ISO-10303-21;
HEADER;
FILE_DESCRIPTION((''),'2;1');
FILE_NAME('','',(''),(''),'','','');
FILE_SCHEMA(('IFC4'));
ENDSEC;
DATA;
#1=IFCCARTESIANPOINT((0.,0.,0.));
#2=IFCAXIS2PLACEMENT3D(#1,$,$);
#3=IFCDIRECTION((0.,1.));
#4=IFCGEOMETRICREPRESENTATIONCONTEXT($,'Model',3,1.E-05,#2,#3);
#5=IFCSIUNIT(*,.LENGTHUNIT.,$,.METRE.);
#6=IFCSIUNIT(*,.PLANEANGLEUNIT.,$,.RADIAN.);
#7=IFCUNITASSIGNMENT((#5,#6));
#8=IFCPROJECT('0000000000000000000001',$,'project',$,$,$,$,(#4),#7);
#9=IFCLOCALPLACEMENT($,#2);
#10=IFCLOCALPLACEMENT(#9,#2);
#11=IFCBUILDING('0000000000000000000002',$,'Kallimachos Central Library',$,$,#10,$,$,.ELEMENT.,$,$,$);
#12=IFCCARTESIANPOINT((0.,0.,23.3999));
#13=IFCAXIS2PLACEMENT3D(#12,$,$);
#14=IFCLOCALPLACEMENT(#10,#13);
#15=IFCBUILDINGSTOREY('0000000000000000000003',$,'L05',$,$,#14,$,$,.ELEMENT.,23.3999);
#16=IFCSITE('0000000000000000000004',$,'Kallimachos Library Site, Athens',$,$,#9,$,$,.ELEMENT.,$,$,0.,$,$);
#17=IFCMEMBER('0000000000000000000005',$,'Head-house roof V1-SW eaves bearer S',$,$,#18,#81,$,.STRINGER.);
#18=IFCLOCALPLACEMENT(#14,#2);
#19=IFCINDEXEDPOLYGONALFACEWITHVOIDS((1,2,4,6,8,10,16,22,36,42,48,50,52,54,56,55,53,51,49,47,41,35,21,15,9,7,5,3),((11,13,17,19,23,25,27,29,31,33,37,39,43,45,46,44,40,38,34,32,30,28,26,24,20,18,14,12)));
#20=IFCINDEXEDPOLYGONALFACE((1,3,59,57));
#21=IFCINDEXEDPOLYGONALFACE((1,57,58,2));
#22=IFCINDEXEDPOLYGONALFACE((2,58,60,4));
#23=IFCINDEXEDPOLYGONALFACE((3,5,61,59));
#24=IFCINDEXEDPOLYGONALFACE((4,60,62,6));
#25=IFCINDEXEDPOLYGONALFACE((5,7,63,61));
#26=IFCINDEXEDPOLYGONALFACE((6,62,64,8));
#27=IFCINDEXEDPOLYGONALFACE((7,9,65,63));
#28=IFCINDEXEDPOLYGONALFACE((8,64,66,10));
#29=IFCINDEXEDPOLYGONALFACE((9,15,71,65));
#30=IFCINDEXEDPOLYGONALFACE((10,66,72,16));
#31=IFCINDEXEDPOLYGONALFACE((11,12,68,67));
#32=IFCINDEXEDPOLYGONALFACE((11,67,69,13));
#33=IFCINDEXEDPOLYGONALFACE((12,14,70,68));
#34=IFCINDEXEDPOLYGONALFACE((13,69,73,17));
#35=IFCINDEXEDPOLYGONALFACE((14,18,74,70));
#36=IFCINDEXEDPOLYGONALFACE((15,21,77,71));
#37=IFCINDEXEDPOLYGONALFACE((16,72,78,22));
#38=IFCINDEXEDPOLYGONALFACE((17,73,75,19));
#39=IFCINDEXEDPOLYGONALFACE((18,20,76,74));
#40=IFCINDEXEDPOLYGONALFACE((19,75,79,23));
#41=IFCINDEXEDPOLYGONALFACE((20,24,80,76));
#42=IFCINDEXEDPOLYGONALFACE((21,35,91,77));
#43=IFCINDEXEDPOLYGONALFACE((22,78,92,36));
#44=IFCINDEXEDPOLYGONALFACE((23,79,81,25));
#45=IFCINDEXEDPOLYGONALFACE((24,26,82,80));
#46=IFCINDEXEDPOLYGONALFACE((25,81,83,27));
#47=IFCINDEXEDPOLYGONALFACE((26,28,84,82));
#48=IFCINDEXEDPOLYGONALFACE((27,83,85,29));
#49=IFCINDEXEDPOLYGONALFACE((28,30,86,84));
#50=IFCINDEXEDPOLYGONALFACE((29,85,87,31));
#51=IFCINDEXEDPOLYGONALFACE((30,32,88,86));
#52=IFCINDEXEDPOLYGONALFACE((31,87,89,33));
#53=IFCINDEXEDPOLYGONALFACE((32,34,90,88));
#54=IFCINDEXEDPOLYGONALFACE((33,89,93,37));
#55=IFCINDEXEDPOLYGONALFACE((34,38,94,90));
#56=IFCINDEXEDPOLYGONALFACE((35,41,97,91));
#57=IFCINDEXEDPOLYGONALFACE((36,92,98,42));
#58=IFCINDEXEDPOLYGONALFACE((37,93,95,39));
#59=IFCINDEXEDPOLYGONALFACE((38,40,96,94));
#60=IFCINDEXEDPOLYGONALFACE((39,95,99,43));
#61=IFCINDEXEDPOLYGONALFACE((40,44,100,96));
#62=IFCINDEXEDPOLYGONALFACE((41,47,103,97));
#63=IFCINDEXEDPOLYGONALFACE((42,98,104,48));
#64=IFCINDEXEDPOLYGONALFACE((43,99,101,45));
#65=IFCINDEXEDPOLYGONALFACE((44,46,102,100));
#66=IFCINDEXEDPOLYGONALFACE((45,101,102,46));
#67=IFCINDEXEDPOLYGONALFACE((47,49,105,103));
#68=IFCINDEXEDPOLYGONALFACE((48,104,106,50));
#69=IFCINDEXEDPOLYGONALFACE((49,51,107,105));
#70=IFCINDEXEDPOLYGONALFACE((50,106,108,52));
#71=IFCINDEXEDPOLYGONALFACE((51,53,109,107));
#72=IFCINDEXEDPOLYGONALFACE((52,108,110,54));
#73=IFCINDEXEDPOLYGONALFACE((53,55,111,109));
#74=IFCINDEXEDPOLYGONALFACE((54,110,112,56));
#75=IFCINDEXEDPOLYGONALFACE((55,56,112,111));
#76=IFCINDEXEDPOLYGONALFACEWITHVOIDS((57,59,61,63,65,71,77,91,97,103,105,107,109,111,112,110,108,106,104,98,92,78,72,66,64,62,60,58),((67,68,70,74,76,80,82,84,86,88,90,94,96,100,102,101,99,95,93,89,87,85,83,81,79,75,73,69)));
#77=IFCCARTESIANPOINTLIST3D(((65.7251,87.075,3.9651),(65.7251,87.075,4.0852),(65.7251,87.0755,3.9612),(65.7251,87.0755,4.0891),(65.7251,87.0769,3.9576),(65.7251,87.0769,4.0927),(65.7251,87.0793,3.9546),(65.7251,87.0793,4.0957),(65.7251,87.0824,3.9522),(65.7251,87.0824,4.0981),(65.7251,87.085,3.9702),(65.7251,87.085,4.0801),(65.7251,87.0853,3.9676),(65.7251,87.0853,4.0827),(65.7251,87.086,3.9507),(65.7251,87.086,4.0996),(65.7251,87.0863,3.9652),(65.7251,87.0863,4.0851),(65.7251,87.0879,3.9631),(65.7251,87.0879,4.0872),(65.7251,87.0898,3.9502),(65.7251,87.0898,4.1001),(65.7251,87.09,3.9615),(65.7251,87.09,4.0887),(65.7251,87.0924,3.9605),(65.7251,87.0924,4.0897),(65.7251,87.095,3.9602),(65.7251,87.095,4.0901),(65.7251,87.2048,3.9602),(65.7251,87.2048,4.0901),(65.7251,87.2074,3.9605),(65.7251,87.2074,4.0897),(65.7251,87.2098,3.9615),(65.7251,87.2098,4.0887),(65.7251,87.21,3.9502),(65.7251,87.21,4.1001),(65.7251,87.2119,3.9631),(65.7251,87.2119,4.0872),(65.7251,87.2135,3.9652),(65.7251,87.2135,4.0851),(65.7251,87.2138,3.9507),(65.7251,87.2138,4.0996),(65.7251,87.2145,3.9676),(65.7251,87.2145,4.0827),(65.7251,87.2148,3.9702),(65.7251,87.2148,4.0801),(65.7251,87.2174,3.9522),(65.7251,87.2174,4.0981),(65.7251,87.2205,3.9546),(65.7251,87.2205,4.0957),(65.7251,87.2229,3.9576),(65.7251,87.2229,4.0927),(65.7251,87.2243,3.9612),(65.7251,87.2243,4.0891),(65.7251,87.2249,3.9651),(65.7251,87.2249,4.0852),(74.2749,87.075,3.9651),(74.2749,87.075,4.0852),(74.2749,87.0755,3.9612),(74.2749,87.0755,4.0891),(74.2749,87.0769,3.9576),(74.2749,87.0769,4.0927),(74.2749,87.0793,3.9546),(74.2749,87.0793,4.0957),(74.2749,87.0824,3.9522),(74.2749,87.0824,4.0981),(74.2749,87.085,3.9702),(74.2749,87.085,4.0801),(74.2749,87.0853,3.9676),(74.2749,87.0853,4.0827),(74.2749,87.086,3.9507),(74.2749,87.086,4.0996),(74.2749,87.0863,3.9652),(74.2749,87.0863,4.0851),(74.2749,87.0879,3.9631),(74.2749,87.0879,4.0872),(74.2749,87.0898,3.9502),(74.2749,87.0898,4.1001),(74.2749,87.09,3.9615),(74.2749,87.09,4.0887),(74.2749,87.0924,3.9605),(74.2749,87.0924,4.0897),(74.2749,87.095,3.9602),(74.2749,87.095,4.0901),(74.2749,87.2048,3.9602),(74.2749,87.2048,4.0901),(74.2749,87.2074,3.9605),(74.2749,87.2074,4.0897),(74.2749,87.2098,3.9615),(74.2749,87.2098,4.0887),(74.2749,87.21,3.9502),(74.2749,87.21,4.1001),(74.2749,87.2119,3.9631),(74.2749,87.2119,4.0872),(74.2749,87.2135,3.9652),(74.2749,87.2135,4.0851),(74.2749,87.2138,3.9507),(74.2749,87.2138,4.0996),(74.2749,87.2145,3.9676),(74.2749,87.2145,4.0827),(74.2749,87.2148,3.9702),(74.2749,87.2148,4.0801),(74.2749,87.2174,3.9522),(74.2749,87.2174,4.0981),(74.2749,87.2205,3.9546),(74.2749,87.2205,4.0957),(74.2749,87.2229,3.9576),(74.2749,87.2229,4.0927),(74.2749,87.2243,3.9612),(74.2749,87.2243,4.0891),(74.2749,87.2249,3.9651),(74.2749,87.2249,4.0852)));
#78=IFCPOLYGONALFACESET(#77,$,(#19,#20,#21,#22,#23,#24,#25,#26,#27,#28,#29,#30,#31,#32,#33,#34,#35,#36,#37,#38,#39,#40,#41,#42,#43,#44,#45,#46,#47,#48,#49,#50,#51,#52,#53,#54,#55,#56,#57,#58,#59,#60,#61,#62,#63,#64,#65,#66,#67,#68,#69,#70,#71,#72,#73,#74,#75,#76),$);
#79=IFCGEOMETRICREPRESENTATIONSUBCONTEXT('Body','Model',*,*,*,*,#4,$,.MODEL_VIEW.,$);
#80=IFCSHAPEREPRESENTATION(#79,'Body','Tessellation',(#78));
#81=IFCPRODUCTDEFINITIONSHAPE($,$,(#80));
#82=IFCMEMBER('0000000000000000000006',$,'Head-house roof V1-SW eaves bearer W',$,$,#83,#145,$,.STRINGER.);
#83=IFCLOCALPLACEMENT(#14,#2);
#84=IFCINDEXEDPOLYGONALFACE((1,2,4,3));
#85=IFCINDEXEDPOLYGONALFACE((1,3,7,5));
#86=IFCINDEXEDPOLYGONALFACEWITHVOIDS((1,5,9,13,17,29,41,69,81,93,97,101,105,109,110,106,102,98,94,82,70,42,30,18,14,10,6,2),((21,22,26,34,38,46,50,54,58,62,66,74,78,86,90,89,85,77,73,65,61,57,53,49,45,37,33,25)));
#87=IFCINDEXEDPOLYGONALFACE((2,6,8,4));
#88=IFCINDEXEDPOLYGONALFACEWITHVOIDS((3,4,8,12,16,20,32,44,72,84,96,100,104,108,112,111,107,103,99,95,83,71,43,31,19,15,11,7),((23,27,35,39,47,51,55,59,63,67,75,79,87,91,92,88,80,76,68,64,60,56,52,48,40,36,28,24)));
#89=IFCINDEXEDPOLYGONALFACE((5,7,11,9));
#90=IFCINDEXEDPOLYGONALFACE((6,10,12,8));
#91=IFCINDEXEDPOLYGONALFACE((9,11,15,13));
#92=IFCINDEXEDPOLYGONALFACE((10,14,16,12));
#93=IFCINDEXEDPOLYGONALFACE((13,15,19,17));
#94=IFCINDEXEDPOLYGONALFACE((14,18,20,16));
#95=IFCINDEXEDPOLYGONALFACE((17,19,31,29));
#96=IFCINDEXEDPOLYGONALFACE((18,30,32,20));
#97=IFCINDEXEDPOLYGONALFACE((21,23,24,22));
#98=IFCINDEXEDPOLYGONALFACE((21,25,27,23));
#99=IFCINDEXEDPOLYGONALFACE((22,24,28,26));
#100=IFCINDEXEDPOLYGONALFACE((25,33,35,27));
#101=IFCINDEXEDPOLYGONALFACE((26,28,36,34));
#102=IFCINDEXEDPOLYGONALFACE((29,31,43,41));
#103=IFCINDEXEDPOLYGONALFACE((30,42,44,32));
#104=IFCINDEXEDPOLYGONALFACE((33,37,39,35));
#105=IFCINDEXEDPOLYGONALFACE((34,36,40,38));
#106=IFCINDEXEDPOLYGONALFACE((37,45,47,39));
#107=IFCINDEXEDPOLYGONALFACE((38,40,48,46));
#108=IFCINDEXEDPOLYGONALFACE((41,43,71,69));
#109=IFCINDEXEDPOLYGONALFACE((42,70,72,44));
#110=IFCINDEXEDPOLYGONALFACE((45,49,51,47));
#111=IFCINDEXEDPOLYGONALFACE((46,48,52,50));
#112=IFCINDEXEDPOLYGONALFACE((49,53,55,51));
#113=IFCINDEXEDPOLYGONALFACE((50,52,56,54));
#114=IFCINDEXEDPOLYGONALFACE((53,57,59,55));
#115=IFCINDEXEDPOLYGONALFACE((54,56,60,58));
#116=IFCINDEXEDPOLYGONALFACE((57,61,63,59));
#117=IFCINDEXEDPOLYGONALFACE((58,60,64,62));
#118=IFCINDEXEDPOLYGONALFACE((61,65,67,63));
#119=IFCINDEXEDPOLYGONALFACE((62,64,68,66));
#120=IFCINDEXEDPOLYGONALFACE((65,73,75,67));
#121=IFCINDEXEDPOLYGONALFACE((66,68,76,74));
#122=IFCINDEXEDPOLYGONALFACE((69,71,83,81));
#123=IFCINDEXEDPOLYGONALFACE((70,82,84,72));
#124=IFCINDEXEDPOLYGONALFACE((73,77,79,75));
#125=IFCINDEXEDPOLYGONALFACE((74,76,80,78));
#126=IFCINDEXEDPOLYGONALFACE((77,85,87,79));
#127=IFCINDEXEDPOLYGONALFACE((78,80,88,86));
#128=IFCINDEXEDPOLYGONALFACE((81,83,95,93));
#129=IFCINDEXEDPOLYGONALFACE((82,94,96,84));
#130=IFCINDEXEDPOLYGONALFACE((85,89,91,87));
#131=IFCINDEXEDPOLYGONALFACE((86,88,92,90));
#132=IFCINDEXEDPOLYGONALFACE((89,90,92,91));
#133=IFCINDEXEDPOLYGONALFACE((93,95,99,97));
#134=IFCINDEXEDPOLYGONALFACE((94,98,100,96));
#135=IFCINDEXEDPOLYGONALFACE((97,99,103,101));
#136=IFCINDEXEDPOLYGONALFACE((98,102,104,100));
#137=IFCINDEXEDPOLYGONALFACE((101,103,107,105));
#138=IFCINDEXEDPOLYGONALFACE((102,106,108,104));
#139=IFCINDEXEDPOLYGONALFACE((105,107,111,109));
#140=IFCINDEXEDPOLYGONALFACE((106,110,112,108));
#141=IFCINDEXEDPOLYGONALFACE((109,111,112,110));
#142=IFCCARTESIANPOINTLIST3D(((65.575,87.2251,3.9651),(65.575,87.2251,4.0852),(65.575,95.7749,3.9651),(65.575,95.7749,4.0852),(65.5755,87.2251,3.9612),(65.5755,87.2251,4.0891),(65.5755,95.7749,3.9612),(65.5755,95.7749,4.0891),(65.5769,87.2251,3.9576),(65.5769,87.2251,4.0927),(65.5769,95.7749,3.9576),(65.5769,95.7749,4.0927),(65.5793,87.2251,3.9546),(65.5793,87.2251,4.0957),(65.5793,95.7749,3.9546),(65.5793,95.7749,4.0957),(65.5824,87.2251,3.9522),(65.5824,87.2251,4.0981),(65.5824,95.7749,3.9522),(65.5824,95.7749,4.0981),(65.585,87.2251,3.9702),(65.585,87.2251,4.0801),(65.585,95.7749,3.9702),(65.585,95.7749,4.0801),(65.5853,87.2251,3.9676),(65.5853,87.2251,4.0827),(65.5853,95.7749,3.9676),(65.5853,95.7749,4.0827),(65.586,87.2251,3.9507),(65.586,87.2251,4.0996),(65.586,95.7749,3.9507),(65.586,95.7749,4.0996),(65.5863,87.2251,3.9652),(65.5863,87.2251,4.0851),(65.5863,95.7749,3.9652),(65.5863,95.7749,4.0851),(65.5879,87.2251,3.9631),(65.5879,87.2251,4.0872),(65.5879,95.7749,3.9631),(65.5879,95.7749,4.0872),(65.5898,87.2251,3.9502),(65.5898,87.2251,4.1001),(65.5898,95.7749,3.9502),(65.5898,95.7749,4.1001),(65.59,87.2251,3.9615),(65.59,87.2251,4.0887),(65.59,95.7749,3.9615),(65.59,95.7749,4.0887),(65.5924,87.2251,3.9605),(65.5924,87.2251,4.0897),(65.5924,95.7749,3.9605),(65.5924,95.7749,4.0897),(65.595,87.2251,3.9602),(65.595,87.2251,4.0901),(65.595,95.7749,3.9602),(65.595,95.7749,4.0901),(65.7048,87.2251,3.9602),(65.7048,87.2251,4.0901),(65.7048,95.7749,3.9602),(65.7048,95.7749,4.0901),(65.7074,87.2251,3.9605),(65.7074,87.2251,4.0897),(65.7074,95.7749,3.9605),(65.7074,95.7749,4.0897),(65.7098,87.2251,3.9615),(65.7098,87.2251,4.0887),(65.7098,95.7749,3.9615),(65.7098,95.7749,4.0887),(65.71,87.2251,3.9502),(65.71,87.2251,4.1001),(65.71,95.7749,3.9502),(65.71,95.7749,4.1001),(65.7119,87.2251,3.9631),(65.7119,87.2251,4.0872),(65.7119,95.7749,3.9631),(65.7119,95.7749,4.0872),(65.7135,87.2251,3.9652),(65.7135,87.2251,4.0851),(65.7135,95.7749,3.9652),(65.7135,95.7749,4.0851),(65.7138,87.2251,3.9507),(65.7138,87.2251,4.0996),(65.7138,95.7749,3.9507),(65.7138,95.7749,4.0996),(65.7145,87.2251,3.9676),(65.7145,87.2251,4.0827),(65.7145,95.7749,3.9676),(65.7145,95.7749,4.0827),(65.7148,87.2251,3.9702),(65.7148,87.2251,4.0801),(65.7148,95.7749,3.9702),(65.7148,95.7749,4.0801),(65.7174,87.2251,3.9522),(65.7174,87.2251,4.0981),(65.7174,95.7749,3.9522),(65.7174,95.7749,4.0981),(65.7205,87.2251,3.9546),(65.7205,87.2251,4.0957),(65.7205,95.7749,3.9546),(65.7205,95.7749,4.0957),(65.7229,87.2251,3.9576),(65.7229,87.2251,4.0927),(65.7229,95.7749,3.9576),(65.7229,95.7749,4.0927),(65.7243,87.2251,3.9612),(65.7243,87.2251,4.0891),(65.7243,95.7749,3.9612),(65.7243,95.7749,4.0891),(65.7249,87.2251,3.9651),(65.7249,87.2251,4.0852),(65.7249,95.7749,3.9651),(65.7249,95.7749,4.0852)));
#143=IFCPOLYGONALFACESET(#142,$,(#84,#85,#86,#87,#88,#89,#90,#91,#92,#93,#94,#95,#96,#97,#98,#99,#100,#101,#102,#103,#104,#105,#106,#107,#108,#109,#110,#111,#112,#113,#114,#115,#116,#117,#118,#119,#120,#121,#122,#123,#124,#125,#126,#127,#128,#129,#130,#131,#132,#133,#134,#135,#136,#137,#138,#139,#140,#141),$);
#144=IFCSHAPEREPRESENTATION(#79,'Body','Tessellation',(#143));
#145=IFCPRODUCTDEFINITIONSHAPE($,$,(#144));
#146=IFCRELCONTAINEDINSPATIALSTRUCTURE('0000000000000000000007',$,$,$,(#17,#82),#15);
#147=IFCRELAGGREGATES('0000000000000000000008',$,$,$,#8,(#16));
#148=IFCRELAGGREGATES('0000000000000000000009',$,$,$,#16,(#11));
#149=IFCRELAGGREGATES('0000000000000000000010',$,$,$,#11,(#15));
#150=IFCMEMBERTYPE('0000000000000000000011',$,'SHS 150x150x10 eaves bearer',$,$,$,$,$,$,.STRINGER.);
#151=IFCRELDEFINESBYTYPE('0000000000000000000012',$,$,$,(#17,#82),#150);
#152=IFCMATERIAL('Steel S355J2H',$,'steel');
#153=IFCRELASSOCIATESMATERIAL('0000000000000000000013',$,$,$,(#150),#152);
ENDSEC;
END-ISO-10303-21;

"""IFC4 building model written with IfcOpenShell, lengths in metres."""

from ifc_helpers import new_model, si_unit, direction, frame, origin, origin_2d, place, context, subcontext, project, spatial, hollow_rectangle, extrude, material, material_profile, profile_set, type_object, element, save


model = new_model("IFC4")

# Units and contexts
model_context = context("Model", 3, precision=1e-05, world=origin(), true_north=direction((0.0, 1.0)))
body_context = subcontext(model_context, "Body", "Model", "MODEL_VIEW")
ifc_project = project(units=[si_unit("LENGTHUNIT", "METRE"), si_unit("PLANEANGLEUNIT", "RADIAN")], contexts=[model_context])

# Site, building, storey
site_placement = place(None, origin())
site = spatial("IfcSite", under=ifc_project, at=site_placement, Name="Kallimachos Library Site, Athens", CompositionType="ELEMENT", RefElevation=0.0)
building_placement = place(site_placement, origin())
building = spatial("IfcBuilding", under=site, at=building_placement, Name="Kallimachos Central Library", CompositionType="ELEMENT")
storey_placement = place(building_placement, frame((0.0, 0.0, 23.3999)))
storey = spatial("IfcBuildingStorey", under=building, at=storey_placement, Name="L05", CompositionType="ELEMENT", Elevation=23.3999)

# Members
ifc_material_1 = material(Name="Steel S355J2H", Category="steel")
ifc_material_profile_1 = material_profile(ifc_material_1, hollow_rectangle(XDim=0.1499, YDim=0.1499, WallThickness=0.01, InnerFilletRadius=0.01, OuterFilletRadius=0.0149, at=origin_2d()), Name="SHS 150x150x10")
ifc_profile_set_1 = profile_set([ifc_material_profile_1], Name="Steel S355J2H")
member_type_1 = type_object("IfcMemberType", Name="SHS 150x150x10 eaves bearer", PredefinedType="STRINGER", material=ifc_profile_set_1)
for number, where, z_axis, x_axis, name in (
    (1, (65.7251, 87.1499, 4.0251), (1.0, 0.0, 0.0), (0.0, 1.0, 0.0), "Head-house roof V1-SW eaves bearer S"),
    (2, (65.6499, 87.2251, 4.0251), (0.0, 1.0, 0.0), (-1.0, 0.0, 0.0), "Head-house roof V1-SW eaves bearer W"),
):
    element("IfcMember", number, at=place(storey_placement, frame(where, z_axis=z_axis, x_axis=x_axis)), inside=storey, type_object=member_type_1, Name=name, PredefinedType="STRINGER", context=body_context, shape_type="SweptSolid", body=[
        extrude(hollow_rectangle(XDim=0.1499, YDim=0.1499, WallThickness=0.01, InnerFilletRadius=0.01, OuterFilletRadius=0.0149, at=origin_2d()), origin(), (0.0, 0.0, 1.0), 8.5498),
    ])

save(model, "model.ifc")
